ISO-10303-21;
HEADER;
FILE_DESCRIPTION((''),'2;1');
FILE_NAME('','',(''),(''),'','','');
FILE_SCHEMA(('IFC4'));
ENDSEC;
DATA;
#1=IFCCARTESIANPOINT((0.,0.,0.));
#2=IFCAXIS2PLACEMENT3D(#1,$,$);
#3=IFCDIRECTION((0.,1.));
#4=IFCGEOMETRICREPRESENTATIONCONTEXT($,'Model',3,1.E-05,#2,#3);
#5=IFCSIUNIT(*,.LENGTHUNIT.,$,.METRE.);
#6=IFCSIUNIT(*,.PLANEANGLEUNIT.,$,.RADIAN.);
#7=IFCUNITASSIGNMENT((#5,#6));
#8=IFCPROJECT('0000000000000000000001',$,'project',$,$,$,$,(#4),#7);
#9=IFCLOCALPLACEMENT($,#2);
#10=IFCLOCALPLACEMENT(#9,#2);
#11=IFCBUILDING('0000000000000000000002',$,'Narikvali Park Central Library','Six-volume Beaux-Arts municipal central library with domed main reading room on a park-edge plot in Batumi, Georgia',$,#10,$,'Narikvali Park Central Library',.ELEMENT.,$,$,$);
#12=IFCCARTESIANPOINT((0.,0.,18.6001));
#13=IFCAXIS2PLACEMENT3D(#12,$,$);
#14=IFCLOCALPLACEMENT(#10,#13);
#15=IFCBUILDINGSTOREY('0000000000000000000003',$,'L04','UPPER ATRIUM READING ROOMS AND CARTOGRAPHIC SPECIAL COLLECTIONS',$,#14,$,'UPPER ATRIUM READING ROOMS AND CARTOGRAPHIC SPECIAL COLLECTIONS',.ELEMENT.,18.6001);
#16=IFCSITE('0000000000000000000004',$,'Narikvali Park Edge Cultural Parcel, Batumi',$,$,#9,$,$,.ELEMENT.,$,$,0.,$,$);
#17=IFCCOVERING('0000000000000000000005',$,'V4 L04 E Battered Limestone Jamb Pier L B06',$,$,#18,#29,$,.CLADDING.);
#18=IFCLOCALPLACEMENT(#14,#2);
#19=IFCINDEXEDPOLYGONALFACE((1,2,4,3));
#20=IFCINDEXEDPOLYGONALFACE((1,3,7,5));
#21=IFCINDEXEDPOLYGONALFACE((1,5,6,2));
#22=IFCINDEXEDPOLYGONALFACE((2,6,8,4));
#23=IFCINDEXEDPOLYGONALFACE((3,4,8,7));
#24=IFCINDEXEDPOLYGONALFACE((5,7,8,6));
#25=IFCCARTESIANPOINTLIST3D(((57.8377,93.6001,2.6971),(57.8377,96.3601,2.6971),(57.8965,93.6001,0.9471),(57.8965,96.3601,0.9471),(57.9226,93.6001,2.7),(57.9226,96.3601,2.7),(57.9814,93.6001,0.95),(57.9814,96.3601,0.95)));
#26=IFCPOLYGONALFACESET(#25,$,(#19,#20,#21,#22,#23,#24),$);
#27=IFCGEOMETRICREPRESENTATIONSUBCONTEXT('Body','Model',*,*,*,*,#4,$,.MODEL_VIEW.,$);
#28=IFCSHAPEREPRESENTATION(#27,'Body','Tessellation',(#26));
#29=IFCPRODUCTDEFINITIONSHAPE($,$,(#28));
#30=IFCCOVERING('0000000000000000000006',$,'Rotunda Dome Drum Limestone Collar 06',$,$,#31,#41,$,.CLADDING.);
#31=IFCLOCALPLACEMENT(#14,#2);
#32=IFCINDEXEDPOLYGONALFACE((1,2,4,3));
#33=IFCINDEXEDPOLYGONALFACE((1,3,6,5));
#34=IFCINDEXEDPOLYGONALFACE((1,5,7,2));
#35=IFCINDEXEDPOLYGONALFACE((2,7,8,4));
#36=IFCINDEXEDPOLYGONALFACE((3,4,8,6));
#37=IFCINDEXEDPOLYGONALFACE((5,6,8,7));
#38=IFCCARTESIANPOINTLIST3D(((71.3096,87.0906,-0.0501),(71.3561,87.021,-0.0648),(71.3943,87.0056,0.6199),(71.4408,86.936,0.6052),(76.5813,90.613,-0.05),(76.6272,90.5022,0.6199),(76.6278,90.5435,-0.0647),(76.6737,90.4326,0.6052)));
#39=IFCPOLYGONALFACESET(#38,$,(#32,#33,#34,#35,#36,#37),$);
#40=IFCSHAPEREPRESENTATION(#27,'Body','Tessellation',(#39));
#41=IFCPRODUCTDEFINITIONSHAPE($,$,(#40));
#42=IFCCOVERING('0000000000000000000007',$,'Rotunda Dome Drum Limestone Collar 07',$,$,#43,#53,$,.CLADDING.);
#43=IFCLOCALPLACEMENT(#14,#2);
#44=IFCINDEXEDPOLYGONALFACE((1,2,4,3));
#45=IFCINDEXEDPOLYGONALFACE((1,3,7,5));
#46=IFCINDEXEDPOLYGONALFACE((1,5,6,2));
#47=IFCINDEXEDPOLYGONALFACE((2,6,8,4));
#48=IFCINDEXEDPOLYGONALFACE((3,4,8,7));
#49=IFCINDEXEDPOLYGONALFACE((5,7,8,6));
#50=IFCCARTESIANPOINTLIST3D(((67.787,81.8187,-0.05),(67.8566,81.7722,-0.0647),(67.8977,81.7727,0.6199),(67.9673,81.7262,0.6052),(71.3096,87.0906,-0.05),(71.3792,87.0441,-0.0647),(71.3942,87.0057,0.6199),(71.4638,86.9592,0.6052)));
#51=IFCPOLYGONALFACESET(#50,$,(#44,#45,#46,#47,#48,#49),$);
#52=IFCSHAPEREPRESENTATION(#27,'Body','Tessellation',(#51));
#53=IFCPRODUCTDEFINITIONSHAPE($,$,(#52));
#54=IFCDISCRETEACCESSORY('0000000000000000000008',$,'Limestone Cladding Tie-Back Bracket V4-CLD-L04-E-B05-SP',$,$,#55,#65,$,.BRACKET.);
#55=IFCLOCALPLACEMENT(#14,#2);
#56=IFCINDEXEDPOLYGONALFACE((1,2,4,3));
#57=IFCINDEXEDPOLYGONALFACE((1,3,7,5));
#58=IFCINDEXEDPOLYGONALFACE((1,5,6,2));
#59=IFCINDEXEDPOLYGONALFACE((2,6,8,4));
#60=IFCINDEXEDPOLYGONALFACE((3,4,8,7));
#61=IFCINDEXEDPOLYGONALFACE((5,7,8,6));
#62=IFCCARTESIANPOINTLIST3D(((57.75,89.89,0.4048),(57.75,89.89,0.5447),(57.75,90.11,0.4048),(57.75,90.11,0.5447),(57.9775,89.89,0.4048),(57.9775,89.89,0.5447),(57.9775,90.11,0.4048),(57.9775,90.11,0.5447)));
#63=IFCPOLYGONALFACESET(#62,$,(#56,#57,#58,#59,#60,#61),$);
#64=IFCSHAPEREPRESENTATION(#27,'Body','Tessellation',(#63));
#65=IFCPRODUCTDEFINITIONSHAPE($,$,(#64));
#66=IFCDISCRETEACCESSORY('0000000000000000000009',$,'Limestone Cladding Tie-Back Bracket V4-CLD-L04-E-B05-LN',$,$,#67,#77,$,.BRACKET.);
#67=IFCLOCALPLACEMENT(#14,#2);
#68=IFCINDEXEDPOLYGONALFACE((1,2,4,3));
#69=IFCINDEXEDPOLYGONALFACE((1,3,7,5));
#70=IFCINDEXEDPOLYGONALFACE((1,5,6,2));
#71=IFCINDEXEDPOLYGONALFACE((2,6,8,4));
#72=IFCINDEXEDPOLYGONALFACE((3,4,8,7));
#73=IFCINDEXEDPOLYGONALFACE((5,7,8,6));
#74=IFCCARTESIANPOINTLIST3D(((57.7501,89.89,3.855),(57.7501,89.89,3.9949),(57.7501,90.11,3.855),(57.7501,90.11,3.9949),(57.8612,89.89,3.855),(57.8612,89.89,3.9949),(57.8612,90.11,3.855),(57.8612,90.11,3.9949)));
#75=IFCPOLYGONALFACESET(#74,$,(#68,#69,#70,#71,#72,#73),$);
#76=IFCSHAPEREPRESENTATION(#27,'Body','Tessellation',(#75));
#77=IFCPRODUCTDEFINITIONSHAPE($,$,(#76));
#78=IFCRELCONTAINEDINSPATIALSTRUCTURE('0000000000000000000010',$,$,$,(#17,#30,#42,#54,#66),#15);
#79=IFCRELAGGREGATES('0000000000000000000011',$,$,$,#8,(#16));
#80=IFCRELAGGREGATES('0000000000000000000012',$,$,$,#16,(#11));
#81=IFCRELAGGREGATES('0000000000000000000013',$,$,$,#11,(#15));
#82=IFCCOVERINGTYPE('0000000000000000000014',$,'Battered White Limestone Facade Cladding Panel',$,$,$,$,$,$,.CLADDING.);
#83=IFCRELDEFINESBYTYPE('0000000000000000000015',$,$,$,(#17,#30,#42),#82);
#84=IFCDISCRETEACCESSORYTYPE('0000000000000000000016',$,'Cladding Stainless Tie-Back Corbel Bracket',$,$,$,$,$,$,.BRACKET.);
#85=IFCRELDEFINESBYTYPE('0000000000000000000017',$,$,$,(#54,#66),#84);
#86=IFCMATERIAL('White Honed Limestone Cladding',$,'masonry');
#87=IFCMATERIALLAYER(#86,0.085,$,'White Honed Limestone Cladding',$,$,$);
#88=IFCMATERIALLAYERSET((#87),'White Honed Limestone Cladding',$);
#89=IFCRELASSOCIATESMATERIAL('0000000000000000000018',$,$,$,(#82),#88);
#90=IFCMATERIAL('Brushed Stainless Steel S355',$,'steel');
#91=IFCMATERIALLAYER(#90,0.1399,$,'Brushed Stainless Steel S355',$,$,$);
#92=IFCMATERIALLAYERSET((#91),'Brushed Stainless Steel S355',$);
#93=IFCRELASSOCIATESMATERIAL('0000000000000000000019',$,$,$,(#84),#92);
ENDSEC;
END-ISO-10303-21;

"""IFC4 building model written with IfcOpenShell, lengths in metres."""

from ifc_helpers import new_model, si_unit, direction, frame, origin, origin_2d, place, context, subcontext, project, spatial, polyline, rectangle, outline, extrude, material, layer, layer_set, type_object, element, save


model = new_model("IFC4")

# Units and contexts
model_context = context("Model", 3, precision=1e-05, world=origin(), true_north=direction((0.0, 1.0)))
body_context = subcontext(model_context, "Body", "Model", "MODEL_VIEW")
ifc_project = project(units=[si_unit("LENGTHUNIT", "METRE"), si_unit("PLANEANGLEUNIT", "RADIAN")], contexts=[model_context])

# Site, building, storey
site_placement = place(None, origin())
site = spatial("IfcSite", under=ifc_project, at=site_placement, Name="Narikvali Park Edge Cultural Parcel, Batumi", CompositionType="ELEMENT", RefElevation=0.0)
building_placement = place(site_placement, origin())
building = spatial("IfcBuilding", under=site, at=building_placement, Name="Narikvali Park Central Library", Description="Six-volume Beaux-Arts municipal central library with domed main reading room on a park-edge plot in Batumi, Georgia", LongName="Narikvali Park Central Library", CompositionType="ELEMENT")
storey_placement = place(building_placement, frame((0.0, 0.0, 18.6001)))
storey = spatial("IfcBuildingStorey", under=building, at=storey_placement, Name="L04", Description="UPPER ATRIUM READING ROOMS AND CARTOGRAPHIC SPECIAL COLLECTIONS", LongName="UPPER ATRIUM READING ROOMS AND CARTOGRAPHIC SPECIAL COLLECTIONS", CompositionType="ELEMENT", Elevation=18.6001)

# Coverings
ifc_material_1 = material(Name="White Honed Limestone Cladding", Category="masonry")
ifc_layer_1 = layer(ifc_material_1, 0.085, Name="White Honed Limestone Cladding")
ifc_layer_set_1 = layer_set([ifc_layer_1], Name="White Honed Limestone Cladding")
covering_type = type_object("IfcCoveringType", Name="Battered White Limestone Facade Cladding Panel", PredefinedType="CLADDING", material=ifc_layer_set_1)
covering_1_placement = place(storey_placement, frame((57.9814, 93.6001, 0.95), z_axis=(0.999435, 0.0, 0.033603), x_axis=(0.0, 1.0, 0.0)))
element("IfcCovering", 1, at=covering_1_placement, inside=storey, type_object=covering_type, Name="V4 L04 E Battered Limestone Jamb Pier L B06", PredefinedType="CLADDING", context=body_context, shape_type="SweptSolid", body=[
    extrude(outline(polyline([(0.0, 0.0), (2.76, 0.0), (2.76, 1.751), (0.0, 1.751), (0.0, 0.0)])), origin(), (0.0, 0.0, -1.0), 0.085),
])
covering_2_placement = place(storey_placement, frame((76.5813, 90.613, -0.05), z_axis=(-0.547195, 0.818927, 0.173019), x_axis=(-0.831467, -0.555574, -0.000001)))
element("IfcCovering", 2, at=covering_2_placement, inside=storey, type_object=covering_type, Name="Rotunda Dome Drum Limestone Collar 06", PredefinedType="CLADDING", context=body_context, shape_type="SweptSolid", body=[
    extrude(outline(polyline([(0.0, 0.0), (6.3403, 0.0), (6.317, 0.6802), (0.0234, 0.6802), (0.0, 0.0)])), origin(), (0.0, 0.0, -1.0), 0.085),
])
covering_3_placement = place(storey_placement, frame((71.3096, 87.0906, -0.05), z_axis=(-0.818961, 0.547205, 0.172826), x_axis=(-0.555565, -0.831473, 0.000002)))
element("IfcCovering", 3, at=covering_3_placement, inside=storey, type_object=covering_type, Name="Rotunda Dome Drum Limestone Collar 07", PredefinedType="CLADDING", context=body_context, shape_type="SweptSolid", body=[
    extrude(outline(polyline([(0.0, 0.0), (6.3405, 0.0), (6.3172, 0.6801), (0.0236, 0.6802), (0.0, 0.0)])), origin(), (0.0, 0.0, -1.0), 0.085),
])

# Discrete accessories
ifc_material_2 = material(Name="Brushed Stainless Steel S355", Category="steel")
ifc_layer_2 = layer(ifc_material_2, 0.1399, Name="Brushed Stainless Steel S355")
ifc_layer_set_2 = layer_set([ifc_layer_2], Name="Brushed Stainless Steel S355")
discrete_accessory_type = type_object("IfcDiscreteAccessoryType", Name="Cladding Stainless Tie-Back Corbel Bracket", PredefinedType="BRACKET", material=ifc_layer_set_2)
discrete_accessory_1_placement = place(storey_placement, frame((57.8638, 90.0, 0.4048), z_axis=(0.0, 0.0, 1.0), x_axis=(1.0, 0.0, 0.0)))
element("IfcDiscreteAccessory", 4, at=discrete_accessory_1_placement, inside=storey, type_object=discrete_accessory_type, Name="Limestone Cladding Tie-Back Bracket V4-CLD-L04-E-B05-SP", PredefinedType="BRACKET", context=body_context, shape_type="SweptSolid", body=[
    extrude(rectangle(XDim=0.2275, YDim=0.22, at=origin_2d()), origin(), (0.0, 0.0, 1.0), 0.1399),
])
discrete_accessory_2_placement = place(storey_placement, frame((57.8057, 90.0, 3.855), z_axis=(0.0, 0.0, 1.0), x_axis=(1.0, 0.0, 0.0)))
element("IfcDiscreteAccessory", 5, at=discrete_accessory_2_placement, inside=storey, type_object=discrete_accessory_type, Name="Limestone Cladding Tie-Back Bracket V4-CLD-L04-E-B05-LN", PredefinedType="BRACKET", context=body_context, shape_type="SweptSolid", body=[
    extrude(rectangle(XDim=0.1111, YDim=0.22, at=origin_2d()), origin(), (0.0, 0.0, 1.0), 0.1399),
])

save(model, "model.ifc")
